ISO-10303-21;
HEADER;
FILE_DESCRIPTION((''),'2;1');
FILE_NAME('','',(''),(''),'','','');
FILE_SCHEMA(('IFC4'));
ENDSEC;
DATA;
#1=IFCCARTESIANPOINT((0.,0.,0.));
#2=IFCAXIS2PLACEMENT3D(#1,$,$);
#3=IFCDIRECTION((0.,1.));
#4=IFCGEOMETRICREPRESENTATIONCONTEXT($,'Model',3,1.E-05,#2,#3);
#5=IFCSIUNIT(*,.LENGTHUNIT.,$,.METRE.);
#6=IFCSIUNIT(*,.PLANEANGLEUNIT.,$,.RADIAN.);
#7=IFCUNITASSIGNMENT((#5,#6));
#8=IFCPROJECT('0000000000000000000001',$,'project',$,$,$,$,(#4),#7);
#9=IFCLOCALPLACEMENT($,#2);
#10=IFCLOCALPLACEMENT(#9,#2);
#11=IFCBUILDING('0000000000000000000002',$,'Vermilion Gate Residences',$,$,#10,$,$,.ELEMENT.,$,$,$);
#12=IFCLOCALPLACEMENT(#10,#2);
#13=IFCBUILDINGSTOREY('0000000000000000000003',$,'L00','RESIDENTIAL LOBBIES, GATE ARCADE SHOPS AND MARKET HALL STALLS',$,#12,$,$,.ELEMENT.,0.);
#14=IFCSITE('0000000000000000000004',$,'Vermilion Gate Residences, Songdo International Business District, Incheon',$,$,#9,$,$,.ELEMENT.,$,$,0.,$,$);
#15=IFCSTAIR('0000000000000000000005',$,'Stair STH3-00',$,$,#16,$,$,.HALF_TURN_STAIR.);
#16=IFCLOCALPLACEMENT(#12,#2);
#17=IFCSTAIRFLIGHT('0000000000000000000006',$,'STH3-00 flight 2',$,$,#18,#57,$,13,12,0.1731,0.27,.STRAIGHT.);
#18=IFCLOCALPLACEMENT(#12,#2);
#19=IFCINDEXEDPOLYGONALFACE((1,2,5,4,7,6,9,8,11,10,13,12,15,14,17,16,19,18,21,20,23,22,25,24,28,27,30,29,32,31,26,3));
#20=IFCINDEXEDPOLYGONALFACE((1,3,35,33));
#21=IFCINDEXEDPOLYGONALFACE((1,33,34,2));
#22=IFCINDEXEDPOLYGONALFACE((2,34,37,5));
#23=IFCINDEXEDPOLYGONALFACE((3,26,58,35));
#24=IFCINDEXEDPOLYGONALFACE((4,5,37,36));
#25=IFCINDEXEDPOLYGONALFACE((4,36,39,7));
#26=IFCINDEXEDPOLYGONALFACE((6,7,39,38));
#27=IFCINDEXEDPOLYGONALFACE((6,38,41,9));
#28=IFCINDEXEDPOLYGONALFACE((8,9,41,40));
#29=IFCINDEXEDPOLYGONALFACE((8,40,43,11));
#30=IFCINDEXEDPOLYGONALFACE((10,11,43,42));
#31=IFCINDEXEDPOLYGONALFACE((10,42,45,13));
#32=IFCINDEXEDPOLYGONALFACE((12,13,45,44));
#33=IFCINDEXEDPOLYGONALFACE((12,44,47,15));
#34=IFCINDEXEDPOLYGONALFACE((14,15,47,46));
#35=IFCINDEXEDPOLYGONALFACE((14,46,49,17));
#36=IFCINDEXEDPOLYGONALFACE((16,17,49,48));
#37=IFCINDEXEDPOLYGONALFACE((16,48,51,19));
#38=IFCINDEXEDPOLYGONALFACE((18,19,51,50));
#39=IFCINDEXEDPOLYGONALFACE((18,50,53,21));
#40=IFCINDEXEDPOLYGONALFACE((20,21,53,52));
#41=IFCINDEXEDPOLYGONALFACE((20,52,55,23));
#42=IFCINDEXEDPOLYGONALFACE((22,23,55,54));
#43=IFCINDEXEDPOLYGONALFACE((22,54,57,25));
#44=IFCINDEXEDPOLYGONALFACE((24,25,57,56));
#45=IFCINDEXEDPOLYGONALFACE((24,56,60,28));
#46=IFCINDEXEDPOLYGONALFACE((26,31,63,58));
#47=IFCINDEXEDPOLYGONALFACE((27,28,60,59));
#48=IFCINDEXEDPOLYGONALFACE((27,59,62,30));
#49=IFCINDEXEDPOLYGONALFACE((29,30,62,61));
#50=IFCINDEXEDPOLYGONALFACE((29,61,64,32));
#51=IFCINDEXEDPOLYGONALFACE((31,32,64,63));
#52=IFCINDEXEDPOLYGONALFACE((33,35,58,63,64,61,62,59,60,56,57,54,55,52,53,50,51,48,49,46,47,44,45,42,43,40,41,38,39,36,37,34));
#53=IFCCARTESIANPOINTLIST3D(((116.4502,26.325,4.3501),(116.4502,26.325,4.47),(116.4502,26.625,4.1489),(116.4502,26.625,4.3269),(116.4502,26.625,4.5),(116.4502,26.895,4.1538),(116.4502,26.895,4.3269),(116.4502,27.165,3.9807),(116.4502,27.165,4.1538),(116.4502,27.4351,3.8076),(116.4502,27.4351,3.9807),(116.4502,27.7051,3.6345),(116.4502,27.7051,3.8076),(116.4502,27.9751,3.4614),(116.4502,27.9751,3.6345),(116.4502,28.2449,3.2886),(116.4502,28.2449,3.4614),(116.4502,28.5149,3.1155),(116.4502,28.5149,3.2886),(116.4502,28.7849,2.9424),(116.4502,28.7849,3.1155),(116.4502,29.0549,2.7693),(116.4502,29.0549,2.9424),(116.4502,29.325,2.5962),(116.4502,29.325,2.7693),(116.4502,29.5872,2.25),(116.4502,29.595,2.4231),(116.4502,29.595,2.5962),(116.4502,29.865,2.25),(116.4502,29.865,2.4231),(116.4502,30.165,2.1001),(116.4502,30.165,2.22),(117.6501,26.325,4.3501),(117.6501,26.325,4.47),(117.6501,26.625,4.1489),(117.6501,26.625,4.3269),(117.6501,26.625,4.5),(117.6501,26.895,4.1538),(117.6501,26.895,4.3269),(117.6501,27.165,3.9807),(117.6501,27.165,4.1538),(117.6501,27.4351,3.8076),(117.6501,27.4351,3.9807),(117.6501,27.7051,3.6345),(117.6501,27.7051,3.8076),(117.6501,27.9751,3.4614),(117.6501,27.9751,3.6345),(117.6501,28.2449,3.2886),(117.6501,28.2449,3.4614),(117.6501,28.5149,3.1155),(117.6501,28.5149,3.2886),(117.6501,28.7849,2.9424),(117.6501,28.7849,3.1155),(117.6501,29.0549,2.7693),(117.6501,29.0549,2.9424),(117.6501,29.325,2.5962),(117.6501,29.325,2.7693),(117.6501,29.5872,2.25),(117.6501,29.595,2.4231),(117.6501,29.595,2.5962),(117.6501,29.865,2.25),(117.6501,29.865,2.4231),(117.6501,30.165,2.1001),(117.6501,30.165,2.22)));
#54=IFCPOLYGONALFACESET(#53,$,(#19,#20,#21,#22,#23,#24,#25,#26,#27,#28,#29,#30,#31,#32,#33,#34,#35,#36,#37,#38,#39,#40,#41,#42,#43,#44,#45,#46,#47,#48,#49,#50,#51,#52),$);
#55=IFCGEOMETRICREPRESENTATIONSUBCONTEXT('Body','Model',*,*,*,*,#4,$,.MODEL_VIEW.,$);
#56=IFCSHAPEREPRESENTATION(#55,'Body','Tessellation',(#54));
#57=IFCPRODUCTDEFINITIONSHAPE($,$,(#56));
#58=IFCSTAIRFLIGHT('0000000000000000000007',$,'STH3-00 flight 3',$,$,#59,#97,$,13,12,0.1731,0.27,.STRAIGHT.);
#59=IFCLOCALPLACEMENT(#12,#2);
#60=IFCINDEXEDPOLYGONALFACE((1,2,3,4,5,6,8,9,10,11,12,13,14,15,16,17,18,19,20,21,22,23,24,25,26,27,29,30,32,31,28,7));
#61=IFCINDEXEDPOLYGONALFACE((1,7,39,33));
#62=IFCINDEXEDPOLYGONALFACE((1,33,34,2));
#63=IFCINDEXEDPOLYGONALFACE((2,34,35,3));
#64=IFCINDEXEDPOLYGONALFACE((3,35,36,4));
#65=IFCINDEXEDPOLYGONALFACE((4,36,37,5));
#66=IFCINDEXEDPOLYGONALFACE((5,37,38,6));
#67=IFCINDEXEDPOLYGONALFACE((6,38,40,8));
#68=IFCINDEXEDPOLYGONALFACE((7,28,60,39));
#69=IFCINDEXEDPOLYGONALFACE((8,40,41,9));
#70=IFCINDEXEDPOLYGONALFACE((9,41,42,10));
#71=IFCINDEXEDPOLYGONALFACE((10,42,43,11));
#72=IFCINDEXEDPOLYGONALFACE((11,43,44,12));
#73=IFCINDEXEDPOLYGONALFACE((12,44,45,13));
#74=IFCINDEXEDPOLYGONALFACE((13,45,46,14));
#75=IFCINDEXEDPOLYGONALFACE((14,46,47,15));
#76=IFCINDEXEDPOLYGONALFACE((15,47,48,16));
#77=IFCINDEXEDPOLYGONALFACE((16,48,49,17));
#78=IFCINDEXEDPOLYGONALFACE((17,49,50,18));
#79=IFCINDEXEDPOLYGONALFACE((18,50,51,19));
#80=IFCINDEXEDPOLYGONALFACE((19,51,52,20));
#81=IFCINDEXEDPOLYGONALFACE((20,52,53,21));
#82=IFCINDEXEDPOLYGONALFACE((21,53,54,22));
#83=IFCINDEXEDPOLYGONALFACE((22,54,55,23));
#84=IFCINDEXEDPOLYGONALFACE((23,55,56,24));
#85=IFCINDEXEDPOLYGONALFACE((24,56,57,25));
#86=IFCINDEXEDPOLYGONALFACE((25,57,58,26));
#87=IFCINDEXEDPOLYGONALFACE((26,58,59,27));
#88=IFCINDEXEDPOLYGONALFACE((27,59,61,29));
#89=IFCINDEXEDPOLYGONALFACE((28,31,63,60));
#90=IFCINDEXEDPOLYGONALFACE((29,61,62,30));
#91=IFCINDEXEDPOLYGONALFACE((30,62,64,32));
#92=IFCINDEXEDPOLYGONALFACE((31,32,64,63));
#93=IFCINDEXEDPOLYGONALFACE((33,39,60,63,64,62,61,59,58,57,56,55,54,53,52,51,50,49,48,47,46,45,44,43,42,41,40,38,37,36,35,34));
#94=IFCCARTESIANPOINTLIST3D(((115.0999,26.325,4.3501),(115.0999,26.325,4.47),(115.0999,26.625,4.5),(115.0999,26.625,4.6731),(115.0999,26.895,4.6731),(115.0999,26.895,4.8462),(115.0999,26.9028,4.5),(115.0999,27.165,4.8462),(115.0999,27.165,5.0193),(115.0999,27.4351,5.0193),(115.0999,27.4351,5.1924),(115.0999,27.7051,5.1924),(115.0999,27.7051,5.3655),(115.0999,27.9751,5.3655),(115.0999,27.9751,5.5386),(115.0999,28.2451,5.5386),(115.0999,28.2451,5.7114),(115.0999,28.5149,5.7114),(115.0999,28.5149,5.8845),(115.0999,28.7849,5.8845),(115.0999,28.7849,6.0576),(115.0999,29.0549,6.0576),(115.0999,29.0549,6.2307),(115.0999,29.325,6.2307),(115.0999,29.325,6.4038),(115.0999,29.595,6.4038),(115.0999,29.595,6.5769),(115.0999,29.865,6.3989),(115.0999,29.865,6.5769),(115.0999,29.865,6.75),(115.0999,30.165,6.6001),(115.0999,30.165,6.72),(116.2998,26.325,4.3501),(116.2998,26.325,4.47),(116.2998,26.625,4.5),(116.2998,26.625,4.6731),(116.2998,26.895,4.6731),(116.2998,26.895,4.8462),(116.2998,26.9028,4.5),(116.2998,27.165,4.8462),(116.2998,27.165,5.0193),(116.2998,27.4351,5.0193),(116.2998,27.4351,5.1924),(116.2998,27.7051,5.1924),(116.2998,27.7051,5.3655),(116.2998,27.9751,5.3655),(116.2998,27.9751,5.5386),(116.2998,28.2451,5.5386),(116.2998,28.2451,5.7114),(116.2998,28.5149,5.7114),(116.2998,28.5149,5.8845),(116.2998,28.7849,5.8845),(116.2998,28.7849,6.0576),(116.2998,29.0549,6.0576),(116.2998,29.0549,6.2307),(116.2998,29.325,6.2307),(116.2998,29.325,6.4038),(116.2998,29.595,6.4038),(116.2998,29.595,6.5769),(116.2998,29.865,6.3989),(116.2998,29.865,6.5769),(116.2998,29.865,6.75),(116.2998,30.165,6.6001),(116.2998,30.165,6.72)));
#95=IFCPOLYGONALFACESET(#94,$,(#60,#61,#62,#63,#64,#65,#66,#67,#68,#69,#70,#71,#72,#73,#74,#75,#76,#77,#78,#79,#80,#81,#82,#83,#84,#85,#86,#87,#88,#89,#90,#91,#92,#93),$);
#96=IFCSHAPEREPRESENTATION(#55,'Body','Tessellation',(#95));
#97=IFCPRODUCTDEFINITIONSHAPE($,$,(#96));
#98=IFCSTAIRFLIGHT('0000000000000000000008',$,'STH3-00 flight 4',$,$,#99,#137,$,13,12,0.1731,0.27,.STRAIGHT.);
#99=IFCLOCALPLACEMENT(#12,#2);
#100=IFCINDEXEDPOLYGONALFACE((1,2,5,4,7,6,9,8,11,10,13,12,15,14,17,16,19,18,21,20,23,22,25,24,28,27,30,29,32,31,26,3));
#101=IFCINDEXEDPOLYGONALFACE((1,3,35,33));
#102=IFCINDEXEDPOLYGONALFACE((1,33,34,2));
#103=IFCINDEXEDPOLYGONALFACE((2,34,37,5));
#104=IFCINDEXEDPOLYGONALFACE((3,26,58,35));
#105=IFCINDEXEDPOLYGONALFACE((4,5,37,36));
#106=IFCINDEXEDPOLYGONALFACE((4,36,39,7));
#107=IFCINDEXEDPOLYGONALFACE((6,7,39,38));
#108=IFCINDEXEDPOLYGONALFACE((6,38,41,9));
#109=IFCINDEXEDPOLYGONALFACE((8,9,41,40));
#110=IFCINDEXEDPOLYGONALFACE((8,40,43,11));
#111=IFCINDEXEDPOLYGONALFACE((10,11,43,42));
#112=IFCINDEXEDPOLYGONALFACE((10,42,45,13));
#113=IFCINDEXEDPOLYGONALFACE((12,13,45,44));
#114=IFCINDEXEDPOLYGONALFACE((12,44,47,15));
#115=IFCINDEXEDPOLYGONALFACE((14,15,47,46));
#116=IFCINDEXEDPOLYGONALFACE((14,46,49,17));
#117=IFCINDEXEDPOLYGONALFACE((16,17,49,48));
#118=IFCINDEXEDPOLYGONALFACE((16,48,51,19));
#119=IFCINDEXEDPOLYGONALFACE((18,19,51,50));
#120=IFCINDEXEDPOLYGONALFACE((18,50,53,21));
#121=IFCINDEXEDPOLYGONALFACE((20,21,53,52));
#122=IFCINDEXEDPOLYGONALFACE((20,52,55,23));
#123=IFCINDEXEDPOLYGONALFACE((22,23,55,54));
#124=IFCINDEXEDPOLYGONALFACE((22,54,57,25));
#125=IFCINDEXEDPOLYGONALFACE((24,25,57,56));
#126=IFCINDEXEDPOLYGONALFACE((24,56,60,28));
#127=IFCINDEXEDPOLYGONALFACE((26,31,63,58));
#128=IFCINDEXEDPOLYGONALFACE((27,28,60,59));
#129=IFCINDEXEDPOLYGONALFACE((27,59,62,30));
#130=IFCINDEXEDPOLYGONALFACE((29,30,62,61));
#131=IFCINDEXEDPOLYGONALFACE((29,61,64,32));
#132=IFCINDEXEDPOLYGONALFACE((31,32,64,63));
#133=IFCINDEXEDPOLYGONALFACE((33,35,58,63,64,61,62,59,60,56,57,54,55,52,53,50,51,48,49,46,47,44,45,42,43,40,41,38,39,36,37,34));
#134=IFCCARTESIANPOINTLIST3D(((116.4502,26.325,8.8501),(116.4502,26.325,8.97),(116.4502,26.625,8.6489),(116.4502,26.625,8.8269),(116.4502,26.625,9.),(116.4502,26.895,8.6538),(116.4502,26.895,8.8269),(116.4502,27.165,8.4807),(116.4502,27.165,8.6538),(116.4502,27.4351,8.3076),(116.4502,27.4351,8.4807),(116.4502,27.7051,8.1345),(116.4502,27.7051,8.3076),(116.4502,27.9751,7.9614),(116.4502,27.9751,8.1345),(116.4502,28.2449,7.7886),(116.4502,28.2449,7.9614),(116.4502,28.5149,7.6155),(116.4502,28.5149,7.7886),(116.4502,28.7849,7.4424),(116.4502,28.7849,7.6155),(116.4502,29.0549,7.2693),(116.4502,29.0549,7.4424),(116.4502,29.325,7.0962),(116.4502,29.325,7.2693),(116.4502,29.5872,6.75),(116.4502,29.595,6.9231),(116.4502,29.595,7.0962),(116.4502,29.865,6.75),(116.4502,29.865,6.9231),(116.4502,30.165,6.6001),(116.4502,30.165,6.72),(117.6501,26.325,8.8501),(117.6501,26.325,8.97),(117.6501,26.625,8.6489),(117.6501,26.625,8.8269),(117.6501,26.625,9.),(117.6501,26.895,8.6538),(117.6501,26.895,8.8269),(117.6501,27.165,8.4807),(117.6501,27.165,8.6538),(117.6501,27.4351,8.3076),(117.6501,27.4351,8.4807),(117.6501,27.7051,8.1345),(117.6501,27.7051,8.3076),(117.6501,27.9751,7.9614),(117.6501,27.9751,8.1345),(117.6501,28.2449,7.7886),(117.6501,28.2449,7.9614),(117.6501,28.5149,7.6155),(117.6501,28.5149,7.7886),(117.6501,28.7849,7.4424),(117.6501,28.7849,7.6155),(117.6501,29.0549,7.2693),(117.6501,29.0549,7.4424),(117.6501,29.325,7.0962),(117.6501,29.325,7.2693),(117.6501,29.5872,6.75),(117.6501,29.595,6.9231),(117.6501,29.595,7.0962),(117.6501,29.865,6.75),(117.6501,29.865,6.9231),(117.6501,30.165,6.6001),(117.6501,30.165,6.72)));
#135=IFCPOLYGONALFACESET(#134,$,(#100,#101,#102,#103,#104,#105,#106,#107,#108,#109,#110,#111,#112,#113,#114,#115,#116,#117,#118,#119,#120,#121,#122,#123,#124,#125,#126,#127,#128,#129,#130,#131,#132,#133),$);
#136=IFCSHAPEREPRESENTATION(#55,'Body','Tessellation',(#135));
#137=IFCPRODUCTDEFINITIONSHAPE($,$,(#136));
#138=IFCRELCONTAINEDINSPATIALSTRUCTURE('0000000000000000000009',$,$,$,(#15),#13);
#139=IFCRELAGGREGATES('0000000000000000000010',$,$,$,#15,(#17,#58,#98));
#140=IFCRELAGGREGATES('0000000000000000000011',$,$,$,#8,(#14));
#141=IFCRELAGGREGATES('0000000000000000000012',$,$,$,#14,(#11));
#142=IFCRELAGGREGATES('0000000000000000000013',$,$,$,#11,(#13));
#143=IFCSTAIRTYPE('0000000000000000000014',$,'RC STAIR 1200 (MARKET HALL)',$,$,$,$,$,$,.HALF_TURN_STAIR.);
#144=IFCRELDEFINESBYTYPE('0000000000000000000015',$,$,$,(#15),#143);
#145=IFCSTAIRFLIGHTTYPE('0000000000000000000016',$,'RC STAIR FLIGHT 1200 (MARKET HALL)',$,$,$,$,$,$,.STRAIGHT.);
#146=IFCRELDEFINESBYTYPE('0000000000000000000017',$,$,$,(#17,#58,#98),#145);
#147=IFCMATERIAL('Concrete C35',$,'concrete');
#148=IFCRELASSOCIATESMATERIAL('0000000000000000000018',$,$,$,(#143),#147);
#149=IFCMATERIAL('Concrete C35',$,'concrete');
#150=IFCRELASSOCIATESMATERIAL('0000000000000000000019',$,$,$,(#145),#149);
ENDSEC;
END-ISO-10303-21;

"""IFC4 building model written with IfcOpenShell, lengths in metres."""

from ifc_helpers import new_model, si_unit, direction, frame, origin, place, context, subcontext, project, spatial, polyline, outline, extrude, material, type_object, element, aggregate, save


model = new_model("IFC4")

# Units and contexts
model_context = context("Model", 3, precision=1e-05, world=origin(), true_north=direction((0.0, 1.0)))
body_context = subcontext(model_context, "Body", "Model", "MODEL_VIEW")
ifc_project = project(units=[si_unit("LENGTHUNIT", "METRE"), si_unit("PLANEANGLEUNIT", "RADIAN")], contexts=[model_context])

# Site, building, storey
site_placement = place(None, origin())
site = spatial("IfcSite", under=ifc_project, at=site_placement, Name="Vermilion Gate Residences, Songdo International Business District, Incheon", CompositionType="ELEMENT", RefElevation=0.0)
building_placement = place(site_placement, origin())
building = spatial("IfcBuilding", under=site, at=building_placement, Name="Vermilion Gate Residences", CompositionType="ELEMENT")
storey_placement = place(building_placement, origin())
storey = spatial("IfcBuildingStorey", under=building, at=storey_placement, Name="L00", Description="RESIDENTIAL LOBBIES, GATE ARCADE SHOPS AND MARKET HALL STALLS", CompositionType="ELEMENT", Elevation=0.0)

# Stair, stair flights
ifc_material_1 = material(Name="Concrete C35", Category="concrete")
stair_type = type_object("IfcStairType", Name="RC STAIR 1200 (MARKET HALL)", PredefinedType="HALF_TURN_STAIR", material=ifc_material_1)
stair_placement = place(storey_placement, origin())
stair = element("IfcStair", 1, at=stair_placement, inside=storey, type_object=stair_type, Name="Stair STH3-00", PredefinedType="HALF_TURN_STAIR")
ifc_material_2 = material(Name="Concrete C35", Category="concrete")
stair_flight_type = type_object("IfcStairFlightType", Name="RC STAIR FLIGHT 1200 (MARKET HALL)", PredefinedType="STRAIGHT", material=ifc_material_2)
stair_flight_1_placement = place(storey_placement, frame((117.05, 29.865, 2.25), z_axis=(0.0, 0.0, 1.0), x_axis=(0.0, -1.0, 0.0)))
stair_flight_1 = element("IfcStairFlight", 2, at=stair_flight_1_placement, type_object=stair_flight_type, Name="STH3-00 flight 2", NumberOfRisers=13, NumberOfTreads=12, PredefinedType="STRAIGHT", RiserHeight=0.1731, TreadLength=0.27, context=body_context, shape_type="SweptSolid", body=[
    extrude(outline(polyline([(-0.3, -0.1499), (-0.3, -0.03), (0.0, 0.0), (0.0, 0.1731), (0.27, 0.1731), (0.27, 0.3462), (0.54, 0.3462), (0.54, 0.5193), (0.8101, 0.5193), (0.8101, 0.6924), (1.0801, 0.6924), (1.0801, 0.8655), (1.3501, 0.8655), (1.3501, 1.0386), (1.6201, 1.0386), (1.6201, 1.2114), (1.8899, 1.2114), (1.8899, 1.3845), (2.1599, 1.3845), (2.1599, 1.5576), (2.4299, 1.5576), (2.4299, 1.7307), (2.7, 1.7307), (2.7, 1.9038), (2.97, 1.9038), (2.97, 2.0769), (3.24, 2.0769), (3.24, 2.25), (3.54, 2.22), (3.54, 2.1001), (3.24, 1.8989), (0.2778, 0.0), (-0.3, -0.1499)])), frame((0.0, 0.6001, 0.0), z_axis=(0.0, -1.0, 0.0), x_axis=(1.0, 0.0, 0.0)), (0.0, 0.0, 1.0), 1.2),
])
stair_flight_2_placement = place(storey_placement, frame((115.7, 26.625, 4.5), z_axis=(0.0, 0.0, 1.0), x_axis=(0.0, 1.0, 0.0)))
stair_flight_2 = element("IfcStairFlight", 3, at=stair_flight_2_placement, type_object=stair_flight_type, Name="STH3-00 flight 3", NumberOfRisers=13, NumberOfTreads=12, PredefinedType="STRAIGHT", RiserHeight=0.1731, TreadLength=0.27, context=body_context, shape_type="SweptSolid", body=[
    extrude(outline(polyline([(-0.3, -0.1499), (-0.3, -0.03), (0.0, 0.0), (0.0, 0.1731), (0.27, 0.1731), (0.27, 0.3462), (0.54, 0.3462), (0.54, 0.5193), (0.8101, 0.5193), (0.8101, 0.6924), (1.0801, 0.6924), (1.0801, 0.8655), (1.3501, 0.8655), (1.3501, 1.0386), (1.6201, 1.0386), (1.6201, 1.2114), (1.8899, 1.2114), (1.8899, 1.3845), (2.1599, 1.3845), (2.1599, 1.5576), (2.4299, 1.5576), (2.4299, 1.7307), (2.7, 1.7307), (2.7, 1.9038), (2.97, 1.9038), (2.97, 2.0769), (3.24, 2.0769), (3.24, 2.25), (3.54, 2.22), (3.54, 2.1001), (3.24, 1.8989), (0.2778, 0.0), (-0.3, -0.1499)])), frame((0.0, 0.6001, 0.0), z_axis=(0.0, -1.0, 0.0), x_axis=(1.0, 0.0, 0.0)), (0.0, 0.0, 1.0), 1.2),
])
stair_flight_3_placement = place(storey_placement, frame((117.05, 29.865, 6.75), z_axis=(0.0, 0.0, 1.0), x_axis=(0.0, -1.0, 0.0)))
stair_flight_3 = element("IfcStairFlight", 4, at=stair_flight_3_placement, type_object=stair_flight_type, Name="STH3-00 flight 4", NumberOfRisers=13, NumberOfTreads=12, PredefinedType="STRAIGHT", RiserHeight=0.1731, TreadLength=0.27, context=body_context, shape_type="SweptSolid", body=[
    extrude(outline(polyline([(-0.3, -0.1499), (-0.3, -0.03), (0.0, 0.0), (0.0, 0.1731), (0.27, 0.1731), (0.27, 0.3462), (0.54, 0.3462), (0.54, 0.5193), (0.8101, 0.5193), (0.8101, 0.6924), (1.0801, 0.6924), (1.0801, 0.8655), (1.3501, 0.8655), (1.3501, 1.0386), (1.6201, 1.0386), (1.6201, 1.2114), (1.8899, 1.2114), (1.8899, 1.3845), (2.1599, 1.3845), (2.1599, 1.5576), (2.4299, 1.5576), (2.4299, 1.7307), (2.7, 1.7307), (2.7, 1.9038), (2.97, 1.9038), (2.97, 2.0769), (3.24, 2.0769), (3.24, 2.25), (3.54, 2.22), (3.54, 2.1001), (3.24, 1.8989), (0.2778, 0.0), (-0.3, -0.1499)])), frame((0.0, 0.6001, 0.0), z_axis=(0.0, -1.0, 0.0), x_axis=(1.0, 0.0, 0.0)), (0.0, 0.0, 1.0), 1.2),
])
aggregate(stair, [stair_flight_1, stair_flight_2, stair_flight_3])

save(model, "model.ifc")
